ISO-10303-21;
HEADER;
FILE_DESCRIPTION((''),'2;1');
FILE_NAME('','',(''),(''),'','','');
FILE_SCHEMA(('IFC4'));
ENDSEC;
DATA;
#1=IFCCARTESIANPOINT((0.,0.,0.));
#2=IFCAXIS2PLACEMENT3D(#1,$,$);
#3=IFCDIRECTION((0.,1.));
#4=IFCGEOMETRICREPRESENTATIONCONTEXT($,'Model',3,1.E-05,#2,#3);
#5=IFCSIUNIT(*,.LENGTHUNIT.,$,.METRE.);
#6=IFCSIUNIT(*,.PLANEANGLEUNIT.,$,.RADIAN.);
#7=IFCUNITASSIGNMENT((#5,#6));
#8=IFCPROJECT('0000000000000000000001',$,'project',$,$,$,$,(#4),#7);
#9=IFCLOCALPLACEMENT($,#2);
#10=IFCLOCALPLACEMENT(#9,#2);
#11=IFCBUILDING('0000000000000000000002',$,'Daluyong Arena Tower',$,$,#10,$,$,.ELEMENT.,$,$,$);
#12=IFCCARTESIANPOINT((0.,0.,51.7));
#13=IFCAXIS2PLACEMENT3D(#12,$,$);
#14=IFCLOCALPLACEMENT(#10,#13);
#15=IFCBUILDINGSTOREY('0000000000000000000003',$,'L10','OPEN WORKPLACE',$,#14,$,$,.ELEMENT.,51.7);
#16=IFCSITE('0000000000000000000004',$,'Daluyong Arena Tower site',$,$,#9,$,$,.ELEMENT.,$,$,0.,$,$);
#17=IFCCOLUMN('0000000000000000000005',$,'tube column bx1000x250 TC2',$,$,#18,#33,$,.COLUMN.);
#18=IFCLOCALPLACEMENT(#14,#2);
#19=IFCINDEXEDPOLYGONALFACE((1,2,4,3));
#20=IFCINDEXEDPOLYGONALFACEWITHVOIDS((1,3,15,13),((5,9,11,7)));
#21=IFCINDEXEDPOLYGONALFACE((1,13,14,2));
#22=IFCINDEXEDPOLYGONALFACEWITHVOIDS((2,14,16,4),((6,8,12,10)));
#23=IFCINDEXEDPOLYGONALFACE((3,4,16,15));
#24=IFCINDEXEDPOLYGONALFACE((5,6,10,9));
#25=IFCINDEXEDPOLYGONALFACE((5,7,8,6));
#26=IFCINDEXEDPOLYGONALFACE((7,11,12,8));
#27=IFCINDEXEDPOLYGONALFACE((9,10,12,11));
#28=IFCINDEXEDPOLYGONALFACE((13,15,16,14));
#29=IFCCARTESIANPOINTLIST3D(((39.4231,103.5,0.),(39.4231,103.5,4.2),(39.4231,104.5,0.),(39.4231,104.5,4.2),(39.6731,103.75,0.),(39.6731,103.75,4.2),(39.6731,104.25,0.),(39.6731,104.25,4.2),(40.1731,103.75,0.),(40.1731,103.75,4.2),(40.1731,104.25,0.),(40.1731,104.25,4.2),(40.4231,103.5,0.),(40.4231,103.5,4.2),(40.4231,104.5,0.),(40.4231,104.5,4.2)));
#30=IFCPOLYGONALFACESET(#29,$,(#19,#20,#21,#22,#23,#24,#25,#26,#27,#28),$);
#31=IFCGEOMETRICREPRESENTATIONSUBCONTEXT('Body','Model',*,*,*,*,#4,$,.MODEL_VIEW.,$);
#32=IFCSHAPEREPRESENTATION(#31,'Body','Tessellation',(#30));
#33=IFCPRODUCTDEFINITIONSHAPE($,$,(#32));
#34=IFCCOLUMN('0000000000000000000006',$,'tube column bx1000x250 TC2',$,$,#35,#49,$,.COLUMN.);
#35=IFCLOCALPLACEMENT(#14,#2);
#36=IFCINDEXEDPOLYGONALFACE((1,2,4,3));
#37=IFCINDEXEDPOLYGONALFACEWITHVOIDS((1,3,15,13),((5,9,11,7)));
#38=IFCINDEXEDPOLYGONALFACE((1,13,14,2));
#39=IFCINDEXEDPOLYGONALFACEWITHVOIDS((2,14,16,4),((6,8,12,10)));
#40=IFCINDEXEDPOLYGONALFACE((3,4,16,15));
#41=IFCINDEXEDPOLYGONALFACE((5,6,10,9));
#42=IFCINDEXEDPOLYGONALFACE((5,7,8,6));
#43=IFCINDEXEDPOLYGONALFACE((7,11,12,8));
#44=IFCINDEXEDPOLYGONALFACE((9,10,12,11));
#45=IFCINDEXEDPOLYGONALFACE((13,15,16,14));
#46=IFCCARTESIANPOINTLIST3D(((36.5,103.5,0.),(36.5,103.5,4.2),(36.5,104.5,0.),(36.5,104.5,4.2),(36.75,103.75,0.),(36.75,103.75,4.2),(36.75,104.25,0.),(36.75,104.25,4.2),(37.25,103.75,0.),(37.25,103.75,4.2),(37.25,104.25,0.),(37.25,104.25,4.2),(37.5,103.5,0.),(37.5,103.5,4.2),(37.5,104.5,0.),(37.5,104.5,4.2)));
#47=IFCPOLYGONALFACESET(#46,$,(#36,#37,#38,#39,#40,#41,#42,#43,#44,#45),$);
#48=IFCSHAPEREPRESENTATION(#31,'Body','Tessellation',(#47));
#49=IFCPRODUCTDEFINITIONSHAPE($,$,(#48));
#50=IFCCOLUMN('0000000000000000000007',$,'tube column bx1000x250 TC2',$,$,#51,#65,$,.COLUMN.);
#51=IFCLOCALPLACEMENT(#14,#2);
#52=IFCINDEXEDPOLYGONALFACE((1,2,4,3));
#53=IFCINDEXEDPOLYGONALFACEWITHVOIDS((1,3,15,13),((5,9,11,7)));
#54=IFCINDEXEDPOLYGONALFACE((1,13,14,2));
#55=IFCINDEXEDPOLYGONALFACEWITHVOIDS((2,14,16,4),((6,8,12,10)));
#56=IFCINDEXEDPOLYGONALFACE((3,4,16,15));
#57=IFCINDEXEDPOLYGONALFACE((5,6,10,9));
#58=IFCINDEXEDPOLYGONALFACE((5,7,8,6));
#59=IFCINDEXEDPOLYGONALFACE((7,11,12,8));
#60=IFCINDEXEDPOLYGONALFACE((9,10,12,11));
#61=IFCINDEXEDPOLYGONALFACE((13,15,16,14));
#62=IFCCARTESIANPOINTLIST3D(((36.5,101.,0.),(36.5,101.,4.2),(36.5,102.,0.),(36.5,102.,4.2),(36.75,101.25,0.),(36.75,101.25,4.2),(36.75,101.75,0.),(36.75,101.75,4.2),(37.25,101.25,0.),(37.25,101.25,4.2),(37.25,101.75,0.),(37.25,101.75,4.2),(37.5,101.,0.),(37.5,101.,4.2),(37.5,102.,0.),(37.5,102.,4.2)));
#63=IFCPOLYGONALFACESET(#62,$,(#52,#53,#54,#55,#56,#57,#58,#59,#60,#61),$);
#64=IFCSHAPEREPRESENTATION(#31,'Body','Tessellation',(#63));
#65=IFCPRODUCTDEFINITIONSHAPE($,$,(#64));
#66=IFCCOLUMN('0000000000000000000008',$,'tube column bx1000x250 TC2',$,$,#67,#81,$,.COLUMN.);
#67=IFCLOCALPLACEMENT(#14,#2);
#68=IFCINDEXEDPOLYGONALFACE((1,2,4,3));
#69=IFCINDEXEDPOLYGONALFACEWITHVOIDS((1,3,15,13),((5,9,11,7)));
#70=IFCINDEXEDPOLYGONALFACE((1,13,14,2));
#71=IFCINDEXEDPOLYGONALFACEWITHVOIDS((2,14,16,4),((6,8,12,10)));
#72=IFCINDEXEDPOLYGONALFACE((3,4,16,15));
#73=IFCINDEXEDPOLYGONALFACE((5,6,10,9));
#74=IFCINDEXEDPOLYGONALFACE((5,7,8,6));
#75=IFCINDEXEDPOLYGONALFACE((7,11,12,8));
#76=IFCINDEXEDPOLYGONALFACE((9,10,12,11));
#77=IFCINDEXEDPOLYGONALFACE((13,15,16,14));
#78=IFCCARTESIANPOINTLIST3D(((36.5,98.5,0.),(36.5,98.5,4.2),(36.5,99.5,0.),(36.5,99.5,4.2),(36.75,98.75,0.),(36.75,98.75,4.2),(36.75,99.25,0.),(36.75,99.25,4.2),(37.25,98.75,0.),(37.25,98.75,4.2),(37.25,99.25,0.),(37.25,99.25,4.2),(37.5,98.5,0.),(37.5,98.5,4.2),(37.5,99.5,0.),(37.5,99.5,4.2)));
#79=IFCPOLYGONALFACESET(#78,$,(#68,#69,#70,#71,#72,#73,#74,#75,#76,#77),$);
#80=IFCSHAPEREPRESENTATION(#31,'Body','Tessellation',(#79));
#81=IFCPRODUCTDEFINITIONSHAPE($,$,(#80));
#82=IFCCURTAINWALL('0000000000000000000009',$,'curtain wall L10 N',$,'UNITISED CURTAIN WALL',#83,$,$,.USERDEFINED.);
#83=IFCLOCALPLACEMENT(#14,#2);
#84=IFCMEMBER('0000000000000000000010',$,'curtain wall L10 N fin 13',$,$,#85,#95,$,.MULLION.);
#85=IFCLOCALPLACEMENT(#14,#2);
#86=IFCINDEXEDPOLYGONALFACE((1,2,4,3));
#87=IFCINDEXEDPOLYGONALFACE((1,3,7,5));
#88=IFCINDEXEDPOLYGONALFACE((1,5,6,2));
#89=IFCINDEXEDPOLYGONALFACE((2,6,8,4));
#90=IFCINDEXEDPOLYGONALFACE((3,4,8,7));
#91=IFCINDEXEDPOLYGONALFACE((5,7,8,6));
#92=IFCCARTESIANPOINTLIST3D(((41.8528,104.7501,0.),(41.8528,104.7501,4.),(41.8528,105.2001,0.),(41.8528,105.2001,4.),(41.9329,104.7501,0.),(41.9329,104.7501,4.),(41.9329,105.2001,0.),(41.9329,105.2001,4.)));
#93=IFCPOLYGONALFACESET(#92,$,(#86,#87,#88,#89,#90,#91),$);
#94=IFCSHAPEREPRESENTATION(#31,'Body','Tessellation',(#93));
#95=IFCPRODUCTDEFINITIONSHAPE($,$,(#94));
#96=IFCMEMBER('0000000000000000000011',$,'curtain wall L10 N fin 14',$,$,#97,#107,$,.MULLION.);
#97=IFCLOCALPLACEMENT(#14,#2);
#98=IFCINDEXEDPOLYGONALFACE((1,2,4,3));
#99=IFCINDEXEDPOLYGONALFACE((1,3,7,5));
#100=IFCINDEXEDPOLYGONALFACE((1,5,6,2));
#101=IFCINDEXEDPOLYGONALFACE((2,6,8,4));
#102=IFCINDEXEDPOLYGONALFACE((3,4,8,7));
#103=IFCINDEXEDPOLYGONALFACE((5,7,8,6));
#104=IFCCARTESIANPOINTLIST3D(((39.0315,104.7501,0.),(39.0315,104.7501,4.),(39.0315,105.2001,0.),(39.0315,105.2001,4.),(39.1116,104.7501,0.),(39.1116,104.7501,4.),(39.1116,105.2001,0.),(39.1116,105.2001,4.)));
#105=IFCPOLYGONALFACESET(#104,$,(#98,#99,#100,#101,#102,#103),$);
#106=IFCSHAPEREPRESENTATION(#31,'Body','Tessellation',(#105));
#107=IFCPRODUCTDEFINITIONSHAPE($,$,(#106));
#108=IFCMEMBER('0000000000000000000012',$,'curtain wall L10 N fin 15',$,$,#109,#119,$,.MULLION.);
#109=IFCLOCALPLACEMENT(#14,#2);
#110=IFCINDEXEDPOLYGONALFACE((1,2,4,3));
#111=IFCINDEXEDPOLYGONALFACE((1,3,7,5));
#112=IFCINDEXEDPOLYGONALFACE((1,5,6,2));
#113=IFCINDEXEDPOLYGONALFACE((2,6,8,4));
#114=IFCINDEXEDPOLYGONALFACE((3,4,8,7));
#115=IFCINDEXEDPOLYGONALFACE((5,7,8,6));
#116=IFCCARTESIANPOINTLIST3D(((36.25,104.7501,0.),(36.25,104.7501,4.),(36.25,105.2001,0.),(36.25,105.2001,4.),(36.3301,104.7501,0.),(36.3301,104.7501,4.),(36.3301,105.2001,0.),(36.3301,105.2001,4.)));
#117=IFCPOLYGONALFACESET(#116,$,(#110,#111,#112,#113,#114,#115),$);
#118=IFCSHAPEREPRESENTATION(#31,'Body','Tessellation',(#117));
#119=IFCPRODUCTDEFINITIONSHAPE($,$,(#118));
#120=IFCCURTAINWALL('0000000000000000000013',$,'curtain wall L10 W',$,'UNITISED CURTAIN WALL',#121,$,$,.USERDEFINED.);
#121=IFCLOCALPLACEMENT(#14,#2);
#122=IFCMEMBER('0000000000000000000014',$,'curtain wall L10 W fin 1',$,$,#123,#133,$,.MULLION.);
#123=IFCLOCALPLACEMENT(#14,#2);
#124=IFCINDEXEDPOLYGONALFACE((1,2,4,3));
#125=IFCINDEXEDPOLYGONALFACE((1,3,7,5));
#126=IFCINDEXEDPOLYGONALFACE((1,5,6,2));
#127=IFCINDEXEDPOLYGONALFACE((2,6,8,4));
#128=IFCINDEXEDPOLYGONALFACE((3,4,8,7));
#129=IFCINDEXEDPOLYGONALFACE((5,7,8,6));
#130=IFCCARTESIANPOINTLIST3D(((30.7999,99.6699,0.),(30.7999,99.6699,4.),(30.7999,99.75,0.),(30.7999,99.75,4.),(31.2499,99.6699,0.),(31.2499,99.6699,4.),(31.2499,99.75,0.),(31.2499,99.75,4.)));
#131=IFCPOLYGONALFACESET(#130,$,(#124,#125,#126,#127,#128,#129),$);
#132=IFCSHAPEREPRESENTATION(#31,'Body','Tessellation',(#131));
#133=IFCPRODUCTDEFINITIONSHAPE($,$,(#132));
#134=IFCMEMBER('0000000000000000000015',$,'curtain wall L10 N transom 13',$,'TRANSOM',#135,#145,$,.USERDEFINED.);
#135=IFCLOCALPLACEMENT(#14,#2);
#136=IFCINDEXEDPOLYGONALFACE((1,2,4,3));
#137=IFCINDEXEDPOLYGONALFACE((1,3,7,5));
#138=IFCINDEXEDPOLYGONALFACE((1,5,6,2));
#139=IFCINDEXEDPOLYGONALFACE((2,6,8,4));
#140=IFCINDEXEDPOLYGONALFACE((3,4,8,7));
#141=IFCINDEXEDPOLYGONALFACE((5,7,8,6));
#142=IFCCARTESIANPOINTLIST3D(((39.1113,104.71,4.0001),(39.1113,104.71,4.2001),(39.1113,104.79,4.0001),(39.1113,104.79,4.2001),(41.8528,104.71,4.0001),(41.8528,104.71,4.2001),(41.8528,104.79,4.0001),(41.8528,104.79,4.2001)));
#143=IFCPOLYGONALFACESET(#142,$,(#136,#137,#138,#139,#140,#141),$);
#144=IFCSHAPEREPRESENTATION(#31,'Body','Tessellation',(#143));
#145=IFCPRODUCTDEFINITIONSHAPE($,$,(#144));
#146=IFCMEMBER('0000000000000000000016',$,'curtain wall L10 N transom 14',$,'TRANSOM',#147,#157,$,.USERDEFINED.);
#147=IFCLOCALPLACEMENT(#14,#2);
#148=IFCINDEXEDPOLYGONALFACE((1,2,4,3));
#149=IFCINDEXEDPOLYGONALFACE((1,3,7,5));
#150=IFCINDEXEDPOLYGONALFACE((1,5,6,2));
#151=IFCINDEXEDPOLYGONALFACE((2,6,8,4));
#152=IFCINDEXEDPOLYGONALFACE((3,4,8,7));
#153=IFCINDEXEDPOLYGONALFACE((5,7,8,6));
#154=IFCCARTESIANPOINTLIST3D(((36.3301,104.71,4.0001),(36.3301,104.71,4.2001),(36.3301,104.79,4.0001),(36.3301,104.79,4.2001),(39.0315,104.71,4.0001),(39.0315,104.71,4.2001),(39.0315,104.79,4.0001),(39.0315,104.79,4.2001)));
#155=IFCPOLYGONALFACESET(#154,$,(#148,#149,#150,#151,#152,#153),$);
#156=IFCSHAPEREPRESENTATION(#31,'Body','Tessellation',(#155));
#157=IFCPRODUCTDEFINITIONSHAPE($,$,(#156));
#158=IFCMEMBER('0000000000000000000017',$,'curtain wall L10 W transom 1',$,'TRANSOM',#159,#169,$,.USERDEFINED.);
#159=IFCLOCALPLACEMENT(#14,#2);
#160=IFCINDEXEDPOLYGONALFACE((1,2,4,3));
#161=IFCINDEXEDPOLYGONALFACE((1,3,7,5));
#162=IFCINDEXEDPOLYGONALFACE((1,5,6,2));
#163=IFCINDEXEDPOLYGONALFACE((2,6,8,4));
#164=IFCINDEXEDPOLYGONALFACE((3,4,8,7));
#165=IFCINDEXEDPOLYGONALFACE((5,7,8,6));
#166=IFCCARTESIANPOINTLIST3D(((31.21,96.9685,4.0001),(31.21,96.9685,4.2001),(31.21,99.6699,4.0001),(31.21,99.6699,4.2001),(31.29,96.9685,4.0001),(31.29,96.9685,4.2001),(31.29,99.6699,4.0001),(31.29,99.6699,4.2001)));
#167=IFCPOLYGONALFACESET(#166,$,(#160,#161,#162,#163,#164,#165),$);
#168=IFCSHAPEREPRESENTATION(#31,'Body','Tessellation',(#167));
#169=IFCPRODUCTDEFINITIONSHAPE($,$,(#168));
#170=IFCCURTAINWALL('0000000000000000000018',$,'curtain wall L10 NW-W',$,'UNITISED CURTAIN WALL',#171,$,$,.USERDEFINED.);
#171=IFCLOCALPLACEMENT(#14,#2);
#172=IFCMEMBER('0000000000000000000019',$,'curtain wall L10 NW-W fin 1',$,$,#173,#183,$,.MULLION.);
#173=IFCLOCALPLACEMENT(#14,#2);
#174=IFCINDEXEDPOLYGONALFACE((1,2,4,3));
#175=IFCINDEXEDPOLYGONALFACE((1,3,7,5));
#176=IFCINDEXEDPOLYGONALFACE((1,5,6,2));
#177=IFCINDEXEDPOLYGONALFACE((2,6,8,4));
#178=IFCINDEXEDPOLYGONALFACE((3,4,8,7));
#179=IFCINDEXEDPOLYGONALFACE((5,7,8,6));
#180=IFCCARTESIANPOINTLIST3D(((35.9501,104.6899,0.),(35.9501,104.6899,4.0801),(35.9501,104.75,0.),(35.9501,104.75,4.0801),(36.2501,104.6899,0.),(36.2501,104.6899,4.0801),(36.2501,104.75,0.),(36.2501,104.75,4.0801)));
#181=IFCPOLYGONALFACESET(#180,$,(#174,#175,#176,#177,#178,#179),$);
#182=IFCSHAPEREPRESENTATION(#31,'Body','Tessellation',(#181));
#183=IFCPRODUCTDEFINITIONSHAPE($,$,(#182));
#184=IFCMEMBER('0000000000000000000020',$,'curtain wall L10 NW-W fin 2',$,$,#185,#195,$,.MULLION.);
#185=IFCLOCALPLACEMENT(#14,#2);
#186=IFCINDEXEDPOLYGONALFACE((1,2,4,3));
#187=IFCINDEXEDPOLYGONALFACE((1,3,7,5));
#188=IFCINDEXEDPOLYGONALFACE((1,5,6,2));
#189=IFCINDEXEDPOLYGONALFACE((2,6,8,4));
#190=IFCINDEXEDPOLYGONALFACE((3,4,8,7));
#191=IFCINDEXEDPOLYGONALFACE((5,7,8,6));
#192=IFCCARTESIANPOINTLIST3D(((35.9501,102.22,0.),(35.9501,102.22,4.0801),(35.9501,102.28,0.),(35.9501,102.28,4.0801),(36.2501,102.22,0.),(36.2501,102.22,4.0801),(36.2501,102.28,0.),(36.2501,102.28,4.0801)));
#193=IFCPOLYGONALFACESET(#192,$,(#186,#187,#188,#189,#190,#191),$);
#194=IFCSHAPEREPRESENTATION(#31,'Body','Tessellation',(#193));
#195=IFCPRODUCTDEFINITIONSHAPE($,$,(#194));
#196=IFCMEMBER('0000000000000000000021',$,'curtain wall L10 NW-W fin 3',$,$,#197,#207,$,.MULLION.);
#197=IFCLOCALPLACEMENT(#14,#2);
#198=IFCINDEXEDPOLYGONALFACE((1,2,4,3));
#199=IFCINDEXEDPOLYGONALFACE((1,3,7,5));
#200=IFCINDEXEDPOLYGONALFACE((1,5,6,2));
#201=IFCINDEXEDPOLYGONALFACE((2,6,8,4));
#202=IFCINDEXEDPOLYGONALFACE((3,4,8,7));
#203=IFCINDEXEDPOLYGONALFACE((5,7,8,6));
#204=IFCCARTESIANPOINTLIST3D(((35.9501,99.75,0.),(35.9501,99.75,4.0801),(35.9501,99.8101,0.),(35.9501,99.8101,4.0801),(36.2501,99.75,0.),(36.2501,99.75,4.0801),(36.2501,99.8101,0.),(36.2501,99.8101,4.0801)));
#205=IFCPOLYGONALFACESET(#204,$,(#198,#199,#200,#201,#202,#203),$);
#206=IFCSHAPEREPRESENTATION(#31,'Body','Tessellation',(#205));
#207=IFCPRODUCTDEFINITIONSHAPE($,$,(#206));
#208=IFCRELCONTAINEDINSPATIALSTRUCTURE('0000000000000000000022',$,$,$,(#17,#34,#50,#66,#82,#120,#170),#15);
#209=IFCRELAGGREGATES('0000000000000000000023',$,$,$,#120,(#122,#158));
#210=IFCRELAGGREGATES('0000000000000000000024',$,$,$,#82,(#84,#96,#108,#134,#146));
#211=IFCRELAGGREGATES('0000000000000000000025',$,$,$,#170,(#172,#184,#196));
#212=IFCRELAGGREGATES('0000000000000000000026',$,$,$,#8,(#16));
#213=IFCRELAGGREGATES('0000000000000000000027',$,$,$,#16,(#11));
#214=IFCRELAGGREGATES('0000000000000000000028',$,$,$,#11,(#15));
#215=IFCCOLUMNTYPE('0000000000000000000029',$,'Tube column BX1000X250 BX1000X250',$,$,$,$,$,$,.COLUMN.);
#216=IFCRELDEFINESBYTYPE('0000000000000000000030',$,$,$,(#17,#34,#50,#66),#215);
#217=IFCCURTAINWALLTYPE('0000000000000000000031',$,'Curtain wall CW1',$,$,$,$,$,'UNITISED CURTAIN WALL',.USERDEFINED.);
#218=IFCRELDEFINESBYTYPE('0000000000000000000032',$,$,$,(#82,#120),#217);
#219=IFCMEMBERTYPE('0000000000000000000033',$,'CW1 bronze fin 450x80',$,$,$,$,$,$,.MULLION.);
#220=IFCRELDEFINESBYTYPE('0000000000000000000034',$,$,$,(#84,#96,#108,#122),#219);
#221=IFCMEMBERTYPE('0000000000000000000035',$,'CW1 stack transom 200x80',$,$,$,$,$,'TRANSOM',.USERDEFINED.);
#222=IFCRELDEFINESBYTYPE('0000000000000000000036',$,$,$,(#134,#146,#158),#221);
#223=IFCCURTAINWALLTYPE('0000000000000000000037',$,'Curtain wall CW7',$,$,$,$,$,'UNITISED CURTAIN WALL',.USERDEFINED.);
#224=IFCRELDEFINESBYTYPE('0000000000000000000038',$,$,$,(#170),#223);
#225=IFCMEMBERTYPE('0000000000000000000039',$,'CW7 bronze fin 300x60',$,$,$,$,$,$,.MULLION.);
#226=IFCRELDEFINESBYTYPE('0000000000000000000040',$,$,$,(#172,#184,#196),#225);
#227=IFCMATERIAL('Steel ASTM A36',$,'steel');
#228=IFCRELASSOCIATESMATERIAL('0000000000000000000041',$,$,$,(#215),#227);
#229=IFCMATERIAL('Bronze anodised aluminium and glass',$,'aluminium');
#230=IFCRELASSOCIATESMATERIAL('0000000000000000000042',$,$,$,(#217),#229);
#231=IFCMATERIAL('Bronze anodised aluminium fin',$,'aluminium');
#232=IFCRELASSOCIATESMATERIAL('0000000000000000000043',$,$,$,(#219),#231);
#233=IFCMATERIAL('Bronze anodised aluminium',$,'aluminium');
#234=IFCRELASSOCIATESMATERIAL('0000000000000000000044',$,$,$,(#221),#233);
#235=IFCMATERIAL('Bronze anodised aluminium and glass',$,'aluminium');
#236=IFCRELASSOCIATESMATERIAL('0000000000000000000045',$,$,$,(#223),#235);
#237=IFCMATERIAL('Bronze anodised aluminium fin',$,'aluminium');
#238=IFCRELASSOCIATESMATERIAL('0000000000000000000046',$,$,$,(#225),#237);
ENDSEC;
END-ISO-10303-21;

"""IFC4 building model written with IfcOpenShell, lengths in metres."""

from ifc_helpers import new_model, si_unit, direction, frame, origin, origin_2d, place, context, subcontext, project, spatial, rectangle, hollow_rectangle, extrude, material, material_profile, profile_set, type_object, element, aggregate, save


model = new_model("IFC4")

# Units and contexts
model_context = context("Model", 3, precision=1e-05, world=origin(), true_north=direction((0.0, 1.0)))
body_context = subcontext(model_context, "Body", "Model", "MODEL_VIEW")
ifc_project = project(units=[si_unit("LENGTHUNIT", "METRE"), si_unit("PLANEANGLEUNIT", "RADIAN")], contexts=[model_context])

# Site, building, storey
site_placement = place(None, origin())
site = spatial("IfcSite", under=ifc_project, at=site_placement, Name="Daluyong Arena Tower site", CompositionType="ELEMENT", RefElevation=0.0)
building_placement = place(site_placement, origin())
building = spatial("IfcBuilding", under=site, at=building_placement, Name="Daluyong Arena Tower", CompositionType="ELEMENT")
storey_placement = place(building_placement, frame((0.0, 0.0, 51.7)))
storey = spatial("IfcBuildingStorey", under=building, at=storey_placement, Name="L10", Description="OPEN WORKPLACE", CompositionType="ELEMENT", Elevation=51.7)

# Columns
ifc_material_1 = material(Name="Steel ASTM A36", Category="steel")
ifc_material_profile_1 = material_profile(ifc_material_1, hollow_rectangle(XDim=1.0, YDim=1.0, WallThickness=0.25, at=origin_2d()))
ifc_profile_set_1 = profile_set([ifc_material_profile_1], Name="Steel ASTM A36")
column_type = type_object("IfcColumnType", Name="Tube column BX1000X250 BX1000X250", PredefinedType="COLUMN", material=ifc_profile_set_1)
for number, where, z_axis, x_axis, name in (
    (1, (39.9231, 104.0, 0.0), (0.0, 0.0, 1.0), (1.0, 0.0, 0.0), "tube column bx1000x250 TC2"),
    (2, (37.0, 104.0, 0.0), (0.0, 0.0, 1.0), (0.0, 1.0, 0.0), "tube column bx1000x250 TC2"),
    (3, (37.0, 101.5, 0.0), (0.0, 0.0, 1.0), (0.0, 1.0, 0.0), "tube column bx1000x250 TC2"),
    (4, (37.0, 99.0, 0.0), (0.0, 0.0, 1.0), (1.0, 0.0, 0.0), "tube column bx1000x250 TC2"),
):
    element("IfcColumn", number, at=place(storey_placement, frame(where, z_axis=z_axis, x_axis=x_axis)), inside=storey, type_object=column_type, Name=name, PredefinedType="COLUMN", context=body_context, shape_type="SweptSolid", body=[
        extrude(hollow_rectangle(XDim=1.0, YDim=1.0, WallThickness=0.25, at=origin_2d()), origin(), (0.0, 0.0, 1.0), 4.2),
    ])

# Curtain wall, members
ifc_material_2 = material(Name="Bronze anodised aluminium and glass", Category="aluminium")
curtain_wall_type_1 = type_object("IfcCurtainWallType", Name="Curtain wall CW1", ElementType="UNITISED CURTAIN WALL", PredefinedType="USERDEFINED", material=ifc_material_2)
curtain_wall_1_placement = place(storey_placement, origin())
curtain_wall_1 = element("IfcCurtainWall", 5, at=curtain_wall_1_placement, inside=storey, type_object=curtain_wall_type_1, Name="curtain wall L10 N", ObjectType="UNITISED CURTAIN WALL", PredefinedType="USERDEFINED")
ifc_material_3 = material(Name="Bronze anodised aluminium fin", Category="aluminium")
ifc_material_profile_2 = material_profile(ifc_material_3, rectangle(XDim=0.45, YDim=0.0801, at=origin_2d()))
ifc_profile_set_2 = profile_set([ifc_material_profile_2], Name="Bronze anodised aluminium fin")
member_type_1 = type_object("IfcMemberType", Name="CW1 bronze fin 450x80", PredefinedType="MULLION", material=ifc_profile_set_2)
member_1_placement = place(storey_placement, frame((41.8928, 104.9751, 0.0), z_axis=(0.0, 0.0, 1.0), x_axis=(0.0, -1.0, 0.0)))
member_1 = element("IfcMember", 6, at=member_1_placement, type_object=member_type_1, Name="curtain wall L10 N fin 13", PredefinedType="MULLION", context=body_context, shape_type="SweptSolid", body=[
    extrude(rectangle(XDim=0.45, YDim=0.0801, at=origin_2d()), origin(), (0.0, 0.0, 1.0), 4.0),
])
member_2_placement = place(storey_placement, frame((39.0715, 104.9751, 0.0), z_axis=(0.0, 0.0, 1.0), x_axis=(0.0, -1.0, 0.0)))
member_2 = element("IfcMember", 7, at=member_2_placement, type_object=member_type_1, Name="curtain wall L10 N fin 14", PredefinedType="MULLION", context=body_context, shape_type="SweptSolid", body=[
    extrude(rectangle(XDim=0.45, YDim=0.0801, at=origin_2d()), origin(), (0.0, 0.0, 1.0), 4.0),
])
member_3_placement = place(storey_placement, frame((36.29, 104.9751, 0.0), z_axis=(0.0, 0.0, 1.0), x_axis=(0.0, -1.0, 0.0)))
member_3 = element("IfcMember", 8, at=member_3_placement, type_object=member_type_1, Name="curtain wall L10 N fin 15", PredefinedType="MULLION", context=body_context, shape_type="SweptSolid", body=[
    extrude(rectangle(XDim=0.45, YDim=0.0801, at=origin_2d()), origin(), (0.0, 0.0, 1.0), 4.0),
])

# Curtain wall, member
curtain_wall_2_placement = place(storey_placement, origin())
curtain_wall_2 = element("IfcCurtainWall", 9, at=curtain_wall_2_placement, inside=storey, type_object=curtain_wall_type_1, Name="curtain wall L10 W", ObjectType="UNITISED CURTAIN WALL", PredefinedType="USERDEFINED")
member_4_placement = place(storey_placement, frame((31.0249, 99.71, 0.0), z_axis=(0.0, 0.0, 1.0), x_axis=(1.0, 0.0, 0.0)))
member_4 = element("IfcMember", 10, at=member_4_placement, type_object=member_type_1, Name="curtain wall L10 W fin 1", PredefinedType="MULLION", context=body_context, shape_type="SweptSolid", body=[
    extrude(rectangle(XDim=0.45, YDim=0.0801, at=origin_2d()), origin(), (0.0, 0.0, 1.0), 4.0),
])

# Members
ifc_material_4 = material(Name="Bronze anodised aluminium", Category="aluminium")
ifc_material_profile_3 = material_profile(ifc_material_4, rectangle(XDim=0.0801, YDim=0.2, at=origin_2d()))
ifc_profile_set_3 = profile_set([ifc_material_profile_3], Name="Bronze anodised aluminium")
member_type_2 = type_object("IfcMemberType", Name="CW1 stack transom 200x80", ElementType="TRANSOM", PredefinedType="USERDEFINED", material=ifc_profile_set_3)
member_5_placement = place(storey_placement, frame((41.8528, 104.75, 4.1001), z_axis=(-1.0, 0.0, 0.0), x_axis=(0.0, -1.0, 0.0)))
member_5 = element("IfcMember", 11, at=member_5_placement, type_object=member_type_2, Name="curtain wall L10 N transom 13", ObjectType="TRANSOM", PredefinedType="USERDEFINED", context=body_context, shape_type="SweptSolid", body=[
    extrude(rectangle(XDim=0.0801, YDim=0.2, at=origin_2d()), origin(), (0.0, 0.0, 1.0), 2.7415),
])
member_6_placement = place(storey_placement, frame((39.0315, 104.75, 4.1001), z_axis=(-1.0, 0.0, 0.0), x_axis=(0.0, -1.0, 0.0)))
member_6 = element("IfcMember", 12, at=member_6_placement, type_object=member_type_2, Name="curtain wall L10 N transom 14", ObjectType="TRANSOM", PredefinedType="USERDEFINED", context=body_context, shape_type="SweptSolid", body=[
    extrude(rectangle(XDim=0.0801, YDim=0.2, at=origin_2d()), origin(), (0.0, 0.0, 1.0), 2.7014),
])
member_7_placement = place(storey_placement, frame((31.25, 99.6699, 4.1001), z_axis=(0.0, -1.0, 0.0), x_axis=(1.0, 0.0, 0.0)))
member_7 = element("IfcMember", 13, at=member_7_placement, type_object=member_type_2, Name="curtain wall L10 W transom 1", ObjectType="TRANSOM", PredefinedType="USERDEFINED", context=body_context, shape_type="SweptSolid", body=[
    extrude(rectangle(XDim=0.0801, YDim=0.2, at=origin_2d()), origin(), (0.0, 0.0, 1.0), 2.7014),
])
aggregate(curtain_wall_2, [member_4, member_7])

# Curtain wall, members
ifc_material_5 = material(Name="Bronze anodised aluminium and glass", Category="aluminium")
curtain_wall_type_2 = type_object("IfcCurtainWallType", Name="Curtain wall CW7", ElementType="UNITISED CURTAIN WALL", PredefinedType="USERDEFINED", material=ifc_material_5)
curtain_wall_3_placement = place(storey_placement, origin())
curtain_wall_3 = element("IfcCurtainWall", 14, at=curtain_wall_3_placement, inside=storey, type_object=curtain_wall_type_2, Name="curtain wall L10 NW-W", ObjectType="UNITISED CURTAIN WALL", PredefinedType="USERDEFINED")
ifc_material_6 = material(Name="Bronze anodised aluminium fin", Category="aluminium")
ifc_material_profile_4 = material_profile(ifc_material_6, rectangle(XDim=0.3, YDim=0.0601, at=origin_2d()))
ifc_profile_set_4 = profile_set([ifc_material_profile_4], Name="Bronze anodised aluminium fin")
member_type_3 = type_object("IfcMemberType", Name="CW7 bronze fin 300x60", PredefinedType="MULLION", material=ifc_profile_set_4)
member_8_placement = place(storey_placement, frame((36.1001, 104.72, 0.0), z_axis=(0.0, 0.0, 1.0), x_axis=(1.0, 0.0, 0.0)))
member_8 = element("IfcMember", 15, at=member_8_placement, type_object=member_type_3, Name="curtain wall L10 NW-W fin 1", PredefinedType="MULLION", context=body_context, shape_type="SweptSolid", body=[
    extrude(rectangle(XDim=0.3, YDim=0.0601, at=origin_2d()), origin(), (0.0, 0.0, 1.0), 4.0801),
])
member_9_placement = place(storey_placement, frame((36.1001, 102.25, 0.0), z_axis=(0.0, 0.0, 1.0), x_axis=(1.0, 0.0, 0.0)))
member_9 = element("IfcMember", 16, at=member_9_placement, type_object=member_type_3, Name="curtain wall L10 NW-W fin 2", PredefinedType="MULLION", context=body_context, shape_type="SweptSolid", body=[
    extrude(rectangle(XDim=0.3, YDim=0.0601, at=origin_2d()), origin(), (0.0, 0.0, 1.0), 4.0801),
])
member_10_placement = place(storey_placement, frame((36.1001, 99.78, 0.0), z_axis=(0.0, 0.0, 1.0), x_axis=(1.0, 0.0, 0.0)))
member_10 = element("IfcMember", 17, at=member_10_placement, type_object=member_type_3, Name="curtain wall L10 NW-W fin 3", PredefinedType="MULLION", context=body_context, shape_type="SweptSolid", body=[
    extrude(rectangle(XDim=0.3, YDim=0.0601, at=origin_2d()), origin(), (0.0, 0.0, 1.0), 4.0801),
])

aggregate(curtain_wall_1, [member_1, member_2, member_3, member_5, member_6])
aggregate(curtain_wall_3, [member_8, member_9, member_10])

save(model, "model.ifc")
